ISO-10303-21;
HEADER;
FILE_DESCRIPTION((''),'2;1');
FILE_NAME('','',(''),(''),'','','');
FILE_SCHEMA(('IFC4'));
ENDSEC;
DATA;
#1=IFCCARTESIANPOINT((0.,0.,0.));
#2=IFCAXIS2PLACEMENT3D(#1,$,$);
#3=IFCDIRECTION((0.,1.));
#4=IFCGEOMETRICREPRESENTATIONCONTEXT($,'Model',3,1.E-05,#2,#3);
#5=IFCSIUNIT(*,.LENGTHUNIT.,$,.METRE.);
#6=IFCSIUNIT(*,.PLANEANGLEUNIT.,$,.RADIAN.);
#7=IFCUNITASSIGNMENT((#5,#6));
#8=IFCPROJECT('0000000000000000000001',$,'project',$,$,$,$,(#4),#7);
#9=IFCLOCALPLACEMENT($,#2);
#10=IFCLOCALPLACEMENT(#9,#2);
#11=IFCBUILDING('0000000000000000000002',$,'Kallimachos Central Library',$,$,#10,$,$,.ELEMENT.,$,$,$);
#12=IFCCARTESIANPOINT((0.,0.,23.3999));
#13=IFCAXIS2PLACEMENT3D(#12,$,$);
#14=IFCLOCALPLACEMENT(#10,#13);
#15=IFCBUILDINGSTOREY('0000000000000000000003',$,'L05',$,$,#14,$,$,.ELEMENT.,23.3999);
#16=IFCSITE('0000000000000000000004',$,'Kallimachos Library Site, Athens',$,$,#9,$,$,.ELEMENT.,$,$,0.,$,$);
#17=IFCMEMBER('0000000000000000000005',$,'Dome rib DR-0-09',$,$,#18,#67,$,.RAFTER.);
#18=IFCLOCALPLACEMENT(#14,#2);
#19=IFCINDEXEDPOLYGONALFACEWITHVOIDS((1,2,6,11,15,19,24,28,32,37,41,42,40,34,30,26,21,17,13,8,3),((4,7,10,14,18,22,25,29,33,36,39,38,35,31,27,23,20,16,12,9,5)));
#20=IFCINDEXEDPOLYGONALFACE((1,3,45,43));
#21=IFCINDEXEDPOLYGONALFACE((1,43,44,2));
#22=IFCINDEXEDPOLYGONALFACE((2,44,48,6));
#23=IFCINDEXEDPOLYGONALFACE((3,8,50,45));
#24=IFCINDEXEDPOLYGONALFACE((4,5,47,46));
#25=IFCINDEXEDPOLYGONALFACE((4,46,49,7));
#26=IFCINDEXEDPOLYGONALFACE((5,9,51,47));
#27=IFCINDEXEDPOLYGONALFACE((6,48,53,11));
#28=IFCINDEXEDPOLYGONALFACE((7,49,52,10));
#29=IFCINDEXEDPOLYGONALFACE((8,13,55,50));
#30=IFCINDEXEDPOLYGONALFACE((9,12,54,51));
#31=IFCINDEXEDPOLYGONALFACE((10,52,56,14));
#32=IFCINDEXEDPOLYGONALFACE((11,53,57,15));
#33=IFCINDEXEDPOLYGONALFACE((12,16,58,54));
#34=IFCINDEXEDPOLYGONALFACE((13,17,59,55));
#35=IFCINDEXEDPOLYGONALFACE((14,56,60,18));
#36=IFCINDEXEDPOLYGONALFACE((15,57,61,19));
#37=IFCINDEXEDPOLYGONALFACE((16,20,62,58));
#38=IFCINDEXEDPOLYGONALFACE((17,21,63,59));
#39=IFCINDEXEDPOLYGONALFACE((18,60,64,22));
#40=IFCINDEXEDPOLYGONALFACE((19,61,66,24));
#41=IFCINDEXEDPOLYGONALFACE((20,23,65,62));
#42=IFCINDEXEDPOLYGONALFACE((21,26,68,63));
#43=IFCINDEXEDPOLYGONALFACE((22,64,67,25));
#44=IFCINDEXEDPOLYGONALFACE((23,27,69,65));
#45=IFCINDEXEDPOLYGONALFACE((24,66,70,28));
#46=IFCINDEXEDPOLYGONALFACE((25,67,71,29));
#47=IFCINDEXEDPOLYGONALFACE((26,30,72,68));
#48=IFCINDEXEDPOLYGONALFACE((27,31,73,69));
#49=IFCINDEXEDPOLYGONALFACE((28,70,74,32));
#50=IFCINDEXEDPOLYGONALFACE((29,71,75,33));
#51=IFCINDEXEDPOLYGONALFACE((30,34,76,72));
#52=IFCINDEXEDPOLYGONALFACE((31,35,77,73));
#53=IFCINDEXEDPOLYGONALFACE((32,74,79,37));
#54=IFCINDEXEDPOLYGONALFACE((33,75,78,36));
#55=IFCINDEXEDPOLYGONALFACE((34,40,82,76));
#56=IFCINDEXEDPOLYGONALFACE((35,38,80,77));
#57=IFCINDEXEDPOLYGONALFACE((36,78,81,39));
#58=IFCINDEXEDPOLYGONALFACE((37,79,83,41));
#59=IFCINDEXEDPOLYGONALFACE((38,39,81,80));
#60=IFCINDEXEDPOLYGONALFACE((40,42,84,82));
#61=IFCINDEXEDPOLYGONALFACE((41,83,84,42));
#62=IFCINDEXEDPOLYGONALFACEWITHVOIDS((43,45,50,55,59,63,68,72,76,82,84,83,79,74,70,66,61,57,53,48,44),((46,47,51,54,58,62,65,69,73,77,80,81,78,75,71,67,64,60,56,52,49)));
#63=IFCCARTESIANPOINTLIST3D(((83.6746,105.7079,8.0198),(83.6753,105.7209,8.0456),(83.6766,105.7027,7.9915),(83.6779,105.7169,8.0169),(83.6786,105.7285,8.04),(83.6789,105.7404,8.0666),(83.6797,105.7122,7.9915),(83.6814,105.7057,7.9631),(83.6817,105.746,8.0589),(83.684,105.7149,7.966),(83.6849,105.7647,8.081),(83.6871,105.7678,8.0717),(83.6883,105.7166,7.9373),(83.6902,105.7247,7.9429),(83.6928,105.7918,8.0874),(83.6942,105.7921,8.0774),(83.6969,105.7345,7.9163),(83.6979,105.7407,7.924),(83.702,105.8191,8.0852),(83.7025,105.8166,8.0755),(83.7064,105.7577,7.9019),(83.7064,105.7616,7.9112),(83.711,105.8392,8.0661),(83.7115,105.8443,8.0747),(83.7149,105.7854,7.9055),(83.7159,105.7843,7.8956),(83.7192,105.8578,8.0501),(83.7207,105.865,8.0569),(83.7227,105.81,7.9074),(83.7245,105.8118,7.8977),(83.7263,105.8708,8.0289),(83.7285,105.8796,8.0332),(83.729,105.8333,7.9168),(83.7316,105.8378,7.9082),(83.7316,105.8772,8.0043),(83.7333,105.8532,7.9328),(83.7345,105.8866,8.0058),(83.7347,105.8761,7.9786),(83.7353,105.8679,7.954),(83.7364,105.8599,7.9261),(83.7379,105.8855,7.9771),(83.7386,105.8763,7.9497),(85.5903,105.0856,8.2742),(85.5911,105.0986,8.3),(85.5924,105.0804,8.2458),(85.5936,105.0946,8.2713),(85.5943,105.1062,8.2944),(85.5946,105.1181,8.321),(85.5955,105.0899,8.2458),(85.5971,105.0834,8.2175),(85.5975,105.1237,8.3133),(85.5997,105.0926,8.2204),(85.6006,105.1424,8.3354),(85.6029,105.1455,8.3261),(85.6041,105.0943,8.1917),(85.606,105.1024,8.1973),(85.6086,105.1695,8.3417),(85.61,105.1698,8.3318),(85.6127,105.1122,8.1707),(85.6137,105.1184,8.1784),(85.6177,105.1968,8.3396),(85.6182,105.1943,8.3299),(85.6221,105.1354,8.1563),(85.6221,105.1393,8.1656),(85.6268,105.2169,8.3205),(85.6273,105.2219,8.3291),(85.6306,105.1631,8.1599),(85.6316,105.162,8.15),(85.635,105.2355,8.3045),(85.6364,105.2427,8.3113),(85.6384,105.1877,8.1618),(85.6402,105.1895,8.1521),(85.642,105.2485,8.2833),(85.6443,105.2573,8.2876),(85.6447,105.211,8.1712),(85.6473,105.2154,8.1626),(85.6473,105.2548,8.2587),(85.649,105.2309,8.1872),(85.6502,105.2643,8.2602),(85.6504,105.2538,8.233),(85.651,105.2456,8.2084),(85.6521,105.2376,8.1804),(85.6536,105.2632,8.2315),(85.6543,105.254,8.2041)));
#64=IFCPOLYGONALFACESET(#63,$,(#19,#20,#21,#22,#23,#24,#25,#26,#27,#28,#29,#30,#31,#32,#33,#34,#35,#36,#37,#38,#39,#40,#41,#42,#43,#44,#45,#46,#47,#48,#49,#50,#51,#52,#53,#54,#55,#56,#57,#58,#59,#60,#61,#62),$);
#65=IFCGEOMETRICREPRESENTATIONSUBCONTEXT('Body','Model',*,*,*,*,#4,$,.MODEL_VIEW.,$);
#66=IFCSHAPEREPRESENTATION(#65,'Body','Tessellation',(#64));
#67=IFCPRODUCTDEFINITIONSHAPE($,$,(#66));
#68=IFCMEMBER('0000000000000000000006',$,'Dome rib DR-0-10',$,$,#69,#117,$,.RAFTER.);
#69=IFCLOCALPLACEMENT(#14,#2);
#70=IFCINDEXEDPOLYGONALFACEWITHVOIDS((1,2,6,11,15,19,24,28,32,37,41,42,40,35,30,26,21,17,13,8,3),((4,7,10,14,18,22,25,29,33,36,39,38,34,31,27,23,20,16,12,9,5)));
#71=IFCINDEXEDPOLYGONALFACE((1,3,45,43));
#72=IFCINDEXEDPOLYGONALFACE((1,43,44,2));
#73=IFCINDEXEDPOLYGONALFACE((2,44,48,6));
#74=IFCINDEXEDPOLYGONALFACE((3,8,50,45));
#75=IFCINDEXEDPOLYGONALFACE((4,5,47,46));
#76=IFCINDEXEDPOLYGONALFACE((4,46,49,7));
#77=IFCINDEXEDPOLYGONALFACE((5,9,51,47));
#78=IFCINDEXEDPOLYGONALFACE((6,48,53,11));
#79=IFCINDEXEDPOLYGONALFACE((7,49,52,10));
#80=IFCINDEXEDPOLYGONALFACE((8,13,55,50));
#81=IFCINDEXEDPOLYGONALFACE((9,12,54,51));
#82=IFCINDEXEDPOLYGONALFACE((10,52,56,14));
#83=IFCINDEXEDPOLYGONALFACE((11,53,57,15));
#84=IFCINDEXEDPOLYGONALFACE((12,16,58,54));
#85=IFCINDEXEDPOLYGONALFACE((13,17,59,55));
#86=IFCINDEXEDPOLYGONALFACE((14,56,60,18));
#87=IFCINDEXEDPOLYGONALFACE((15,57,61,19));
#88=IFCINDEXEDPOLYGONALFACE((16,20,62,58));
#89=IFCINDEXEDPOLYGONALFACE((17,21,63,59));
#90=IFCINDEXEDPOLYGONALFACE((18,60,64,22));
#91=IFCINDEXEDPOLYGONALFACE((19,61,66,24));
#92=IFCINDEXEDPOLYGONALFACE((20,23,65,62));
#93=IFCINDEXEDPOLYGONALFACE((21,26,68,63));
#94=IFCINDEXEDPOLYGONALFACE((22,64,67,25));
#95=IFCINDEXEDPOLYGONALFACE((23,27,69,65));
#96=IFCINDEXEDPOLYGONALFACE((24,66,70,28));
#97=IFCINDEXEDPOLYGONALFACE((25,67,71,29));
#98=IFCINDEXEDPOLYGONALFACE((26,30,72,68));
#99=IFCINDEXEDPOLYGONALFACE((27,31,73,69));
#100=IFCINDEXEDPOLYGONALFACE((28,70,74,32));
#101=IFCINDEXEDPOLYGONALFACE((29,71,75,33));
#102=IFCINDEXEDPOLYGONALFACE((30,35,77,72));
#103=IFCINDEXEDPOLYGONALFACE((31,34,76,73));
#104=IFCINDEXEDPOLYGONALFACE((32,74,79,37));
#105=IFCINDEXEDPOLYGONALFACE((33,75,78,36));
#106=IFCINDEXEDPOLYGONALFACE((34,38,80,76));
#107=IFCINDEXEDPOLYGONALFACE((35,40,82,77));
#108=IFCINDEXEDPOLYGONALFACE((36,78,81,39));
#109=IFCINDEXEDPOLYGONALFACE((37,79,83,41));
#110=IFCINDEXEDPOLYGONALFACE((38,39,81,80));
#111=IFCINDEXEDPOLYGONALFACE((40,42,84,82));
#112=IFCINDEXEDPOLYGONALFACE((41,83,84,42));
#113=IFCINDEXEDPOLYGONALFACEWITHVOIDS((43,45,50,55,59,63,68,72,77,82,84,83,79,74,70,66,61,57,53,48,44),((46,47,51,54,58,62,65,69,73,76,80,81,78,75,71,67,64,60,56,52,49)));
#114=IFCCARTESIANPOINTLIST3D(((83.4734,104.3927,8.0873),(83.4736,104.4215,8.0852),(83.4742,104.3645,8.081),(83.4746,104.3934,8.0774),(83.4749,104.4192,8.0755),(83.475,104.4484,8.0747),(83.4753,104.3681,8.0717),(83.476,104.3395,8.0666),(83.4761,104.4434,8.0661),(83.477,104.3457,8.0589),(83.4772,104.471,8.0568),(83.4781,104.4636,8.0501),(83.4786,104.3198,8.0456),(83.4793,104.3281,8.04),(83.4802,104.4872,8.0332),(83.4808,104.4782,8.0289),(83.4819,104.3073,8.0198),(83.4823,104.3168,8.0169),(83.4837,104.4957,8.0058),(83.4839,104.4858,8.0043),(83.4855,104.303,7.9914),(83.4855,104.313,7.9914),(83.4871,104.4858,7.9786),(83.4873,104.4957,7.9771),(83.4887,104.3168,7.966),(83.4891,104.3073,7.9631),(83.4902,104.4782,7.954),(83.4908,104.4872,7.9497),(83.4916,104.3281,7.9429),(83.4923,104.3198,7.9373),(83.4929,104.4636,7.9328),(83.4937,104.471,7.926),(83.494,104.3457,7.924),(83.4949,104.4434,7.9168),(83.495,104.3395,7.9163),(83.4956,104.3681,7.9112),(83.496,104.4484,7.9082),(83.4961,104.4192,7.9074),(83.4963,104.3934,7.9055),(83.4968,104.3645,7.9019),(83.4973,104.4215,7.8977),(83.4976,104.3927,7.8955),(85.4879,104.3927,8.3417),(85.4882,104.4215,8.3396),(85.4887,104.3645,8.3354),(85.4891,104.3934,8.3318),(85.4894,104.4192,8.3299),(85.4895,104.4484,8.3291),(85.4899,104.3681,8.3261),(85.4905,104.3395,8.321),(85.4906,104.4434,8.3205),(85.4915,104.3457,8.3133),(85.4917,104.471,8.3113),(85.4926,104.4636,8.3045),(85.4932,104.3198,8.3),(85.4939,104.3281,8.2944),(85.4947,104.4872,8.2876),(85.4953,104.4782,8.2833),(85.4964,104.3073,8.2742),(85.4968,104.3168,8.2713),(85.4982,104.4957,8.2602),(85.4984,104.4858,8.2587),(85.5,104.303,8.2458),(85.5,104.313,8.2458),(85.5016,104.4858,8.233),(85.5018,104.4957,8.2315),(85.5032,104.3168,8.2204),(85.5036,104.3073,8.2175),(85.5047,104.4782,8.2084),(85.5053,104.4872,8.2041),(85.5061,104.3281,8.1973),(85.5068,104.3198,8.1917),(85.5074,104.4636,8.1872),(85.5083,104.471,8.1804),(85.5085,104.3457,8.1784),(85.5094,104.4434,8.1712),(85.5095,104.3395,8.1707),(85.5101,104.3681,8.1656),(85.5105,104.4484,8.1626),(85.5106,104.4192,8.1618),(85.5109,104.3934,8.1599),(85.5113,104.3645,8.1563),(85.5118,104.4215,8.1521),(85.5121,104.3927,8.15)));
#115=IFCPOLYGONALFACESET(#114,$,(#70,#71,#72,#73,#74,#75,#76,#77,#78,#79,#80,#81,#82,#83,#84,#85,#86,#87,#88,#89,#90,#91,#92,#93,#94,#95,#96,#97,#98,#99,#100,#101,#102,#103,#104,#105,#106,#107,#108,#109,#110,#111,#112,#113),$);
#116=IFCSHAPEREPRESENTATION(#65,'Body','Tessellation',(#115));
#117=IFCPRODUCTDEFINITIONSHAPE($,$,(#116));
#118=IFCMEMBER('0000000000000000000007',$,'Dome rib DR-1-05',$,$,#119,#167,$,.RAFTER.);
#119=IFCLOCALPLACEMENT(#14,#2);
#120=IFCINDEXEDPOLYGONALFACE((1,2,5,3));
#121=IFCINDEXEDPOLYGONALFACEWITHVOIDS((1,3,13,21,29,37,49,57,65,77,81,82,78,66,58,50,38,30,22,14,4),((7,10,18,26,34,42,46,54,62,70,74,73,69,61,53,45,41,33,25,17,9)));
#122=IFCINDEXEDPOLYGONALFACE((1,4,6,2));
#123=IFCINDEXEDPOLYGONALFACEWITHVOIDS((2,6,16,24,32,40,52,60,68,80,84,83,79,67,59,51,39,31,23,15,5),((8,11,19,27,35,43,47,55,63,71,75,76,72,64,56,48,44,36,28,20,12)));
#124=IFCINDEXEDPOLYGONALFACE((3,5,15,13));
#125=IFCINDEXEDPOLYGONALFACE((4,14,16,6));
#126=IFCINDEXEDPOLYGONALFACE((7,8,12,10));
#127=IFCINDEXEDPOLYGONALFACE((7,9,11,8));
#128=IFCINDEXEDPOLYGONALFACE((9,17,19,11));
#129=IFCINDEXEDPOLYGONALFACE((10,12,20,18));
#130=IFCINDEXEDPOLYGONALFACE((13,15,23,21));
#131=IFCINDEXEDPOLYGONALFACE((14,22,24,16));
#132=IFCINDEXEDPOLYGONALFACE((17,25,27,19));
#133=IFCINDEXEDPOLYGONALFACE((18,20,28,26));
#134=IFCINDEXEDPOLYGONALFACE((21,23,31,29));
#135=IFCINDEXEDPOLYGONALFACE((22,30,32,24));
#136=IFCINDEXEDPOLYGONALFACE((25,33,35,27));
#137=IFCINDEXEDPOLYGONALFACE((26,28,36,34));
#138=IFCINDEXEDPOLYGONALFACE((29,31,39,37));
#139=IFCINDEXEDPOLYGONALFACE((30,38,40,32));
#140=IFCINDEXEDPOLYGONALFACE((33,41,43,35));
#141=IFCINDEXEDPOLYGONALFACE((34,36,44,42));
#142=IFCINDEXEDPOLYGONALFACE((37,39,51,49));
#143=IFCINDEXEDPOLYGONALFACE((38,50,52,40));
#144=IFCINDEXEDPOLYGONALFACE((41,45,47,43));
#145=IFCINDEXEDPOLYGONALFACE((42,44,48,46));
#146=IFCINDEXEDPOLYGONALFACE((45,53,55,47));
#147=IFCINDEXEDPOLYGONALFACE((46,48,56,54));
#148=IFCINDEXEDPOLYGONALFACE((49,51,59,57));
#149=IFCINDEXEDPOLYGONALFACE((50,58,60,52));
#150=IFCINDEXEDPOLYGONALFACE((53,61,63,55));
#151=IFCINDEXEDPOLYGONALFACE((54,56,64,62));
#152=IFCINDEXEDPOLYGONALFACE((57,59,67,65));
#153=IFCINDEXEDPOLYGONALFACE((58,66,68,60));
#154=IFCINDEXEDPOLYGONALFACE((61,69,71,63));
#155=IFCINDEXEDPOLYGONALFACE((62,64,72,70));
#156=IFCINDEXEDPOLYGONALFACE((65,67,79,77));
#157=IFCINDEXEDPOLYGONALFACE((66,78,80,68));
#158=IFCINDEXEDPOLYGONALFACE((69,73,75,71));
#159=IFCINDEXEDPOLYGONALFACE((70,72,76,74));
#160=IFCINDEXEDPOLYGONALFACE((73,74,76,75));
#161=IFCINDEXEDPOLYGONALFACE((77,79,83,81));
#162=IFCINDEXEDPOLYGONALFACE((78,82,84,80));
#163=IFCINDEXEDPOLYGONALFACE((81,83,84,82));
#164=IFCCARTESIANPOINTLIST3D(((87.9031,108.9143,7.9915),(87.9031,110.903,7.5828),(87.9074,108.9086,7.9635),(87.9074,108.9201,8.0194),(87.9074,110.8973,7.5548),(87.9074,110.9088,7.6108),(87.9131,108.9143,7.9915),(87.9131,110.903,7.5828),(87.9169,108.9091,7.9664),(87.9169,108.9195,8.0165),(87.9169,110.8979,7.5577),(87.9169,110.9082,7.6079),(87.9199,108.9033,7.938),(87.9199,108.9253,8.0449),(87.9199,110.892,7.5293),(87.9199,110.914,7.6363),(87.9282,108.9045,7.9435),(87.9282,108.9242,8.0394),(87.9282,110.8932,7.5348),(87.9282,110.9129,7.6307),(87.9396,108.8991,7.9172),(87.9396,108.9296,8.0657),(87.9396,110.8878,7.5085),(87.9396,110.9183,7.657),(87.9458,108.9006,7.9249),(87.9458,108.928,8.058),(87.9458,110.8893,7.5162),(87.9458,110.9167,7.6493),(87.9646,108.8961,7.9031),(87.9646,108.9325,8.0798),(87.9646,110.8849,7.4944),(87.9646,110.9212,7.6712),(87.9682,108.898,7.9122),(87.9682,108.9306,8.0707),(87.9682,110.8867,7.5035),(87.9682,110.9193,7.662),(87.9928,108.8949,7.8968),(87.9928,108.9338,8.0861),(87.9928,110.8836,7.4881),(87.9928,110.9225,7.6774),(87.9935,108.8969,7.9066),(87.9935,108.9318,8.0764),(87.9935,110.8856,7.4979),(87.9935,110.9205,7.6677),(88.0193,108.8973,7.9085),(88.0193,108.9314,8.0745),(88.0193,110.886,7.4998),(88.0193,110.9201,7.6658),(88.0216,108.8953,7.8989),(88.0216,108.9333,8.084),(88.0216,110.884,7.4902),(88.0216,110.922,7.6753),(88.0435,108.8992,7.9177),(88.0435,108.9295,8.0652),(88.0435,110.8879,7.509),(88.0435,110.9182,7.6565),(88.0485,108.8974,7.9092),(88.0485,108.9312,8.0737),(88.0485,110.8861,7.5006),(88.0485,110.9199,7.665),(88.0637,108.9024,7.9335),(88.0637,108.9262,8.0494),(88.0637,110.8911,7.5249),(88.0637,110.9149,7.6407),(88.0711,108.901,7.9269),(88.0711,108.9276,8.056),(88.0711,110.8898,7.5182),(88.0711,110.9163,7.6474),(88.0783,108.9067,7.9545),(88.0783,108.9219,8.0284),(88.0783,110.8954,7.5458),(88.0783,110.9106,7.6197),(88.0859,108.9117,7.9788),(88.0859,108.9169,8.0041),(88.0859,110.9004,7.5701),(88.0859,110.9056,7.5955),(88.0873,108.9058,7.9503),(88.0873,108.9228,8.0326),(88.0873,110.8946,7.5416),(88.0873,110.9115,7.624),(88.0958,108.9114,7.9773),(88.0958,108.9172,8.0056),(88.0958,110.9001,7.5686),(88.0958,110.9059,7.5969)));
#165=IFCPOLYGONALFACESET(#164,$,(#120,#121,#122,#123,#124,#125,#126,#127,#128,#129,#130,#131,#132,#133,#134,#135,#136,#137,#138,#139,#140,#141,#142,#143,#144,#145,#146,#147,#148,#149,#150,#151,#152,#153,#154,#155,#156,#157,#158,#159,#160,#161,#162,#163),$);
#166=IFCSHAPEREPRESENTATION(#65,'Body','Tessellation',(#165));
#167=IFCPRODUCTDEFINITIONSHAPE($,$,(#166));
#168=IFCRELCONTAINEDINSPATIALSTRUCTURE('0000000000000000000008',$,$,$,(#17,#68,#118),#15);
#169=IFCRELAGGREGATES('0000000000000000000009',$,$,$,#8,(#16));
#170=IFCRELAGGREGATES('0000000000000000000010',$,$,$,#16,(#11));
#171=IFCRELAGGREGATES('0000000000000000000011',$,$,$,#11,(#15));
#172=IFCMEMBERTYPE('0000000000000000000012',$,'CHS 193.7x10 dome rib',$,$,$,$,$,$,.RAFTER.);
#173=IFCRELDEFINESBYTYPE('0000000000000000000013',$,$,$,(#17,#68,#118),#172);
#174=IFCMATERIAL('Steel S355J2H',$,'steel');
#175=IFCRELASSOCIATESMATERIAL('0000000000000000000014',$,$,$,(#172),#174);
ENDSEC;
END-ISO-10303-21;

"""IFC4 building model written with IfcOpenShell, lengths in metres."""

from ifc_helpers import new_model, si_unit, direction, frame, origin, origin_2d, place, context, subcontext, project, spatial, hollow_circle, extrude, material, material_profile, profile_set, type_object, element, save


model = new_model("IFC4")

# Units and contexts
model_context = context("Model", 3, precision=1e-05, world=origin(), true_north=direction((0.0, 1.0)))
body_context = subcontext(model_context, "Body", "Model", "MODEL_VIEW")
ifc_project = project(units=[si_unit("LENGTHUNIT", "METRE"), si_unit("PLANEANGLEUNIT", "RADIAN")], contexts=[model_context])

# Site, building, storey
site_placement = place(None, origin())
site = spatial("IfcSite", under=ifc_project, at=site_placement, Name="Kallimachos Library Site, Athens", CompositionType="ELEMENT", RefElevation=0.0)
building_placement = place(site_placement, origin())
building = spatial("IfcBuilding", under=site, at=building_placement, Name="Kallimachos Central Library", CompositionType="ELEMENT")
storey_placement = place(building_placement, frame((0.0, 0.0, 23.3999)))
storey = spatial("IfcBuildingStorey", under=building, at=storey_placement, Name="L05", CompositionType="ELEMENT", Elevation=23.3999)

# Members
ifc_material_1 = material(Name="Steel S355J2H", Category="steel")
ifc_material_profile_1 = material_profile(ifc_material_1, hollow_circle(Radius=0.0969, WallThickness=0.01, at=origin_2d()), Name="CHS 193.7x10")
ifc_profile_set_1 = profile_set([ifc_material_profile_1], Name="Steel S355J2H")
member_type_1 = type_object("IfcMemberType", Name="CHS 193.7x10 dome rib", PredefinedType="RAFTER", material=ifc_profile_set_1)
for number, where, z_axis, x_axis, name in (
    (1, (85.6223, 105.1726, 8.2458), (-0.943584, 0.306512, -0.125298), (-0.308946, -0.951079, 0.0), "Dome rib DR-0-09"),
):
    element("IfcMember", number, at=place(storey_placement, frame(where, z_axis=z_axis, x_axis=x_axis)), inside=storey, type_object=member_type_1, Name=name, PredefinedType="RAFTER", context=body_context, shape_type="SweptSolid", body=[
        extrude(hollow_circle(Radius=0.0969, WallThickness=0.01, at=origin_2d()), origin(), (0.0, 0.0, 1.0), 2.0303),
    ])
member_1_placement = place(storey_placement, frame((85.5, 104.3999, 8.2458), z_axis=(-0.99212, 0.0, -0.125293), x_axis=(0.0, -1.0, 0.0)))
element("IfcMember", 2, at=member_1_placement, inside=storey, type_object=member_type_1, Name="Dome rib DR-0-10", PredefinedType="RAFTER", context=body_context, shape_type="SweptSolid", body=[
    extrude(hollow_circle(Radius=0.0969, WallThickness=0.01, at=origin_2d()), origin(), (0.0, 0.0, 1.0), 2.0305),
])
for number, where, z_axis, x_axis, name in (
    (3, (88.0, 108.9143, 7.9915), (0.0, 0.979531, -0.201293), (-1.0, 0.0, 0.0), "Dome rib DR-1-05"),
):
    element("IfcMember", number, at=place(storey_placement, frame(where, z_axis=z_axis, x_axis=x_axis)), inside=storey, type_object=member_type_1, Name=name, PredefinedType="RAFTER", context=body_context, shape_type="SweptSolid", body=[
        extrude(hollow_circle(Radius=0.0969, WallThickness=0.01, at=origin_2d()), origin(), (0.0, 0.0, 1.0), 2.0303),
    ])

save(model, "model.ifc")
